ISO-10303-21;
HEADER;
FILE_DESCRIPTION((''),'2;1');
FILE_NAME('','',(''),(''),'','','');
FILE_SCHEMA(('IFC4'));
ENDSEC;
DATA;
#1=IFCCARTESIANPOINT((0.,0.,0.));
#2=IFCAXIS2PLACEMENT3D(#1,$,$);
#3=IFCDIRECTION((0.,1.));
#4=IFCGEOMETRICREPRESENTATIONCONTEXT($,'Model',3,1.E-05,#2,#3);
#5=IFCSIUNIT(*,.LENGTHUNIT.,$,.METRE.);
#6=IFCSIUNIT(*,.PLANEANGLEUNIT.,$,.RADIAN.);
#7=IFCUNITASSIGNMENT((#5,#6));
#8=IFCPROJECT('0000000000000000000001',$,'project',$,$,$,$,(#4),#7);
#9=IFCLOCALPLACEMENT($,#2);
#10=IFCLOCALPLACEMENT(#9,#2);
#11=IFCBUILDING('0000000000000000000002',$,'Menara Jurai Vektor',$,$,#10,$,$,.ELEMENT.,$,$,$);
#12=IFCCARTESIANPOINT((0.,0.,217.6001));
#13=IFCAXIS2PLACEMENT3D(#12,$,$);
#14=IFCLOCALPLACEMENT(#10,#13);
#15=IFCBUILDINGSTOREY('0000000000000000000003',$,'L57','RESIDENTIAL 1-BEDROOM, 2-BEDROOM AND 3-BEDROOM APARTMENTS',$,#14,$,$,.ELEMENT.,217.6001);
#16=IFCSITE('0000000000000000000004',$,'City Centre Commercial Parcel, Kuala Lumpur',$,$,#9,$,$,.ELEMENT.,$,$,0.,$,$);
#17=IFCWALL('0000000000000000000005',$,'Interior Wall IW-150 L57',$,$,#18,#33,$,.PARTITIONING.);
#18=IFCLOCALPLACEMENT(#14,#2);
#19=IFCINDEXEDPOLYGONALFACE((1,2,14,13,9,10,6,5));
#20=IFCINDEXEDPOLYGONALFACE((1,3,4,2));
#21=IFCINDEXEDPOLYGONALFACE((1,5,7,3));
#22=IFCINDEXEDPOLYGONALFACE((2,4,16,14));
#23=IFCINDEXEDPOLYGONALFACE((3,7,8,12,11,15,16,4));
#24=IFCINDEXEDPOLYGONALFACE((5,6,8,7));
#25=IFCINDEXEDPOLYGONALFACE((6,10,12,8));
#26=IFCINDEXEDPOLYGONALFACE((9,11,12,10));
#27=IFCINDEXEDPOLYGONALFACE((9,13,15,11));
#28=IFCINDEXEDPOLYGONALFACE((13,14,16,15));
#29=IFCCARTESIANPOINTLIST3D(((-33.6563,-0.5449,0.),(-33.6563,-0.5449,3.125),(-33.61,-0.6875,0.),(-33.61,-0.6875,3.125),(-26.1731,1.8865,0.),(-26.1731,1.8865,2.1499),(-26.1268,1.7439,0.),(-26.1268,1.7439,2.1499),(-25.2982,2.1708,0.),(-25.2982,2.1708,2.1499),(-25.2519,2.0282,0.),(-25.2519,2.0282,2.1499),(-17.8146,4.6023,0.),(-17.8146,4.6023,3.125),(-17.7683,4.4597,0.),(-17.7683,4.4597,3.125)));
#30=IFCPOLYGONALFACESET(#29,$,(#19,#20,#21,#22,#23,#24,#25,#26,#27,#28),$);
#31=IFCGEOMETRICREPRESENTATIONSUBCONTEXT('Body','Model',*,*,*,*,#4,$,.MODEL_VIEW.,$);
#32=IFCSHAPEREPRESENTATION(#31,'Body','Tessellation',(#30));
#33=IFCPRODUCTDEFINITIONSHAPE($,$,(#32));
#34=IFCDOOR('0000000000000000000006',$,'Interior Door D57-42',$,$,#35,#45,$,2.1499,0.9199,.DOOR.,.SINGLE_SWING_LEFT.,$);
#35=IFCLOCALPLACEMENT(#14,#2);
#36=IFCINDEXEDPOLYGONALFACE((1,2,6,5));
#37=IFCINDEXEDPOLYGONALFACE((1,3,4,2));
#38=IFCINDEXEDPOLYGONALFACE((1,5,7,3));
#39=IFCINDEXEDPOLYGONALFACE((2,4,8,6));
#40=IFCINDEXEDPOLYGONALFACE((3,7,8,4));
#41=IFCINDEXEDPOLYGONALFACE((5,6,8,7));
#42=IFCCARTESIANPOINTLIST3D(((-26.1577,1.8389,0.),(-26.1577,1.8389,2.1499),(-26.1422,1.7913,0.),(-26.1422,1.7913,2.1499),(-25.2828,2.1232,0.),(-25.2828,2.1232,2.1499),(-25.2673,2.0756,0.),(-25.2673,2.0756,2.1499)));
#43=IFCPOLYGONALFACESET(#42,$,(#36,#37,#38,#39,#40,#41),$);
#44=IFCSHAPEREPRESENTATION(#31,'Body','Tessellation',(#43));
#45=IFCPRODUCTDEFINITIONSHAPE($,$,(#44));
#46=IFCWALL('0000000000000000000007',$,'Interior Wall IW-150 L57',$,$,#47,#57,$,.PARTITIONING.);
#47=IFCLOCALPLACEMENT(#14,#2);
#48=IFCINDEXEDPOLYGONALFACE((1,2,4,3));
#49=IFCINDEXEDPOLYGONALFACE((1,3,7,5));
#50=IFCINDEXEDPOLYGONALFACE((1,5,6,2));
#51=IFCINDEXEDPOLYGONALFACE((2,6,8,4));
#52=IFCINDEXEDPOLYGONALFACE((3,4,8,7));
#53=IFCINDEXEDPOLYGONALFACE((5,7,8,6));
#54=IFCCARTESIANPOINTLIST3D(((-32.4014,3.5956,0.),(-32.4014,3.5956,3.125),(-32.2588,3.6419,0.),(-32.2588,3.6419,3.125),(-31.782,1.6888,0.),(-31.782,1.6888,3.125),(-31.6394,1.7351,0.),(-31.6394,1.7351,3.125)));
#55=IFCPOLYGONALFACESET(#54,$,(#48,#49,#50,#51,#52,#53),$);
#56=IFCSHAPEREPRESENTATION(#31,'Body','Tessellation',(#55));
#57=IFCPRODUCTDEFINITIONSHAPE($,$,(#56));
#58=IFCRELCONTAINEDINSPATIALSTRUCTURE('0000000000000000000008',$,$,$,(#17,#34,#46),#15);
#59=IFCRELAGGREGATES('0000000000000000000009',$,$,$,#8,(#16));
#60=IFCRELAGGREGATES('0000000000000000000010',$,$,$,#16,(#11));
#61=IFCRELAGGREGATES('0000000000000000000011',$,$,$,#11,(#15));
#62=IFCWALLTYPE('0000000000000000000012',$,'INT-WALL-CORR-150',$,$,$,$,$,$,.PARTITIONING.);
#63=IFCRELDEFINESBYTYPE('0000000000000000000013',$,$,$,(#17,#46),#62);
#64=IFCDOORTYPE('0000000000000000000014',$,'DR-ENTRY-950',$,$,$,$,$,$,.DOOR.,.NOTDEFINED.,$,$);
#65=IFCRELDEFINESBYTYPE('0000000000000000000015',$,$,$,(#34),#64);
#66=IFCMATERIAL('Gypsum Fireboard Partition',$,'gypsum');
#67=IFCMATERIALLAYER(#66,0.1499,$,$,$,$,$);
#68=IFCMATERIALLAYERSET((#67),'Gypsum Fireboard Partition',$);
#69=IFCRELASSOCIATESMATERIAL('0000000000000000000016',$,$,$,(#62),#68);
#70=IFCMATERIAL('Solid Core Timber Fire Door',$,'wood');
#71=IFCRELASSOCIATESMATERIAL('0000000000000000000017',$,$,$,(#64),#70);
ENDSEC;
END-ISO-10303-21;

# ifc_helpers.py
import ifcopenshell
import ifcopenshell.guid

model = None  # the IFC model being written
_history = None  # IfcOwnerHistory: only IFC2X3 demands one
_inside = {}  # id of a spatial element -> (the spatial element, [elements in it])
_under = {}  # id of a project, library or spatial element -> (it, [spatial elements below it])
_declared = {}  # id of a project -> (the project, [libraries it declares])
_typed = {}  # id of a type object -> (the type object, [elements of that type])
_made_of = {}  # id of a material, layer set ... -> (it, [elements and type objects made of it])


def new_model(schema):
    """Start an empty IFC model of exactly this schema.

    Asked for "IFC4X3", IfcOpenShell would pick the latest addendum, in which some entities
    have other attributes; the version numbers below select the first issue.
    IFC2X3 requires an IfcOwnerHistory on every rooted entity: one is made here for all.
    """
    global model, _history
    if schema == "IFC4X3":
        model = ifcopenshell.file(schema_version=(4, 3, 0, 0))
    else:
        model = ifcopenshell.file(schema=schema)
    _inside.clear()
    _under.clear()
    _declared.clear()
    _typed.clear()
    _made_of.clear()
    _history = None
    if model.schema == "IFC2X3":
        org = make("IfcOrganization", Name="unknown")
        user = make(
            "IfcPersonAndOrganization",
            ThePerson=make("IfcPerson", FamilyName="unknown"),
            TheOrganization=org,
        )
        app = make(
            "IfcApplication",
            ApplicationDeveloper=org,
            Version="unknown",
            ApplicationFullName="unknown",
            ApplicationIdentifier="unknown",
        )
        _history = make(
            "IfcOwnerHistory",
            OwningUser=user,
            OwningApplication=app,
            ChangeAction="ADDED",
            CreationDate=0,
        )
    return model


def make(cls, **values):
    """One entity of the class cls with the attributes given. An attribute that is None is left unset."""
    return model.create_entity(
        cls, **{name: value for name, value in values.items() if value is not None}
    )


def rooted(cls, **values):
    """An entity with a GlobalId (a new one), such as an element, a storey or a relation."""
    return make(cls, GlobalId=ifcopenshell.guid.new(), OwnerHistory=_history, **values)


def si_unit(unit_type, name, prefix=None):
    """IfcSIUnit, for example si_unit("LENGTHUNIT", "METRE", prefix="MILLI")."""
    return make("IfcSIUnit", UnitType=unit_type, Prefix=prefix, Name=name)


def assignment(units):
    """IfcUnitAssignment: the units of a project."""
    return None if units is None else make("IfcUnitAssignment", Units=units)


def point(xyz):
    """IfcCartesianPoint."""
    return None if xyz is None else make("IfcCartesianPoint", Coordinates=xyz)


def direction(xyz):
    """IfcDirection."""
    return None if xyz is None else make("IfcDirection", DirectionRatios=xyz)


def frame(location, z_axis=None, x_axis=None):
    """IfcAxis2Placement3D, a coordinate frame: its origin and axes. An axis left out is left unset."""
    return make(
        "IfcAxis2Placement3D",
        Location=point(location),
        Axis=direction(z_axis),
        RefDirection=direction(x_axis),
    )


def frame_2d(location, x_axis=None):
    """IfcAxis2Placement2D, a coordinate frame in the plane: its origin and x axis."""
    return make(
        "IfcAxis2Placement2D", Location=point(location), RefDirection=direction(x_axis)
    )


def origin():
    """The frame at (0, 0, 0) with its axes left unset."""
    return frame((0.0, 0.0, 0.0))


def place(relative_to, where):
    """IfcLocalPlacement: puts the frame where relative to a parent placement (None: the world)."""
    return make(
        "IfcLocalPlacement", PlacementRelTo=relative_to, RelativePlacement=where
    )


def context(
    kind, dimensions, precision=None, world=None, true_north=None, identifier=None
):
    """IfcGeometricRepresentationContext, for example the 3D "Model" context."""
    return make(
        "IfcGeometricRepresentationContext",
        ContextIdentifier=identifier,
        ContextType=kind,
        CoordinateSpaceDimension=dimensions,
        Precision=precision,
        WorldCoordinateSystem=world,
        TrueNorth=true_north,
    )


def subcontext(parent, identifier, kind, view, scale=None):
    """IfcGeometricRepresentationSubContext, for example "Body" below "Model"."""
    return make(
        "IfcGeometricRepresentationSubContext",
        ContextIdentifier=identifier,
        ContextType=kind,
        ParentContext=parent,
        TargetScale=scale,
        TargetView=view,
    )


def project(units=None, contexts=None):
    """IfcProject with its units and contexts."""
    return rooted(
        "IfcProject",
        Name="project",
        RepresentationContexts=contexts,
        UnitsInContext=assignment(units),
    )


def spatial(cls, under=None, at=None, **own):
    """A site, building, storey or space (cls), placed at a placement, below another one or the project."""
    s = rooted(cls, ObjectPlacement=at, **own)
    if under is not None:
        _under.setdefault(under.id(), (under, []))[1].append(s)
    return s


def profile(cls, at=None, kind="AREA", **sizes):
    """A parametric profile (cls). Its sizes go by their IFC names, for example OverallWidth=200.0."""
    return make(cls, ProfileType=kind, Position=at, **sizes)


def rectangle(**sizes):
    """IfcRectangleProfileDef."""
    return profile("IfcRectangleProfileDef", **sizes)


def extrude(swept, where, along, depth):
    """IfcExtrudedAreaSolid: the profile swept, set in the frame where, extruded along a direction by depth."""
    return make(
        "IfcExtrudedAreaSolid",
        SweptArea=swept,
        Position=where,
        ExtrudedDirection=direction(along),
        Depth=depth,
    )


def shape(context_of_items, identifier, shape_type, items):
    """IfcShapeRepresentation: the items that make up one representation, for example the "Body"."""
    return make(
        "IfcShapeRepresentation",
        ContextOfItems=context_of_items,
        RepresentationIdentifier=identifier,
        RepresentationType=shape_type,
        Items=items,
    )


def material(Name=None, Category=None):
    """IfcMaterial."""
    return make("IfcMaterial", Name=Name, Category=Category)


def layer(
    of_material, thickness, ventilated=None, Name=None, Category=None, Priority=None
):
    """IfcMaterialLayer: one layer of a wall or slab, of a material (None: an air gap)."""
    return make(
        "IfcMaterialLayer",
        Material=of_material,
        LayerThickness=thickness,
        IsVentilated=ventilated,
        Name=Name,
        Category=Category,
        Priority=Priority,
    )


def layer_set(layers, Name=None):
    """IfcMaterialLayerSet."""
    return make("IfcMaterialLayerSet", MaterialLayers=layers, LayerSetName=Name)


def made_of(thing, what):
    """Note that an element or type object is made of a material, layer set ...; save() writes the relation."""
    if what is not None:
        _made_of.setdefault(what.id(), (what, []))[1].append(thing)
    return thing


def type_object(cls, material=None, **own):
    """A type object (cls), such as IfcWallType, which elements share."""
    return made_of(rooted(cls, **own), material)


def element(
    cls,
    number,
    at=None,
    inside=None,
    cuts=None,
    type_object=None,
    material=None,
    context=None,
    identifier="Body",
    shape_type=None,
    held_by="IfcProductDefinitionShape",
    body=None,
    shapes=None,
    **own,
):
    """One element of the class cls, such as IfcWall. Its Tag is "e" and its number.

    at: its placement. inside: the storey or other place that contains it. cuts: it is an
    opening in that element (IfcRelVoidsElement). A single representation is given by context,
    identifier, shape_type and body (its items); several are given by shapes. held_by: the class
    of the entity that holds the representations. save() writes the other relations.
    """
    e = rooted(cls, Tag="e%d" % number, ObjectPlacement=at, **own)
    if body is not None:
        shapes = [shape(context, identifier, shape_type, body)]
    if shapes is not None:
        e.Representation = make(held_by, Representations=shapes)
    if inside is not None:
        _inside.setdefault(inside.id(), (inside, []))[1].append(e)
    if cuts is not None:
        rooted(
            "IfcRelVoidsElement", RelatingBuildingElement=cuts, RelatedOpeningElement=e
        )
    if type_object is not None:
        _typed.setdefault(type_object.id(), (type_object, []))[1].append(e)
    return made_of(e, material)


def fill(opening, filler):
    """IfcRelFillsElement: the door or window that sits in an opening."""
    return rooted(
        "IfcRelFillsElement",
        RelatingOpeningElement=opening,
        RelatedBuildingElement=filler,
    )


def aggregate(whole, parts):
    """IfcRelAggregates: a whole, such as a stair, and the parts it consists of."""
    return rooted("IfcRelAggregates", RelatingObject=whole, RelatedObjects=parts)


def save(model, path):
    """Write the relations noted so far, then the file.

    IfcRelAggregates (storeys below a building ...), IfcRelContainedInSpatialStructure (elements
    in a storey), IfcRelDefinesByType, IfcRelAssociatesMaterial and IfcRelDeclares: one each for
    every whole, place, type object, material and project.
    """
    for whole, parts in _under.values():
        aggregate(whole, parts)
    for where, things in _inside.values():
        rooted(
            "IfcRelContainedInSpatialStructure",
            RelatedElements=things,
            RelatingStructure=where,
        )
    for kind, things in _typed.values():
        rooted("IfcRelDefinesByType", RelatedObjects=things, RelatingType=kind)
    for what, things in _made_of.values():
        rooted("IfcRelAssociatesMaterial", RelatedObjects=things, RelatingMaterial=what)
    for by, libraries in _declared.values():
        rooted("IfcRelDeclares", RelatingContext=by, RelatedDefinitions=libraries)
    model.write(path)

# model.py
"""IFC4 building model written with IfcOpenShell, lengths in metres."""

from ifc_helpers import new_model, si_unit, direction, frame, frame_2d, origin, place, context, subcontext, project, spatial, rectangle, extrude, material, layer, layer_set, type_object, element, fill, save


model = new_model("IFC4")

# Units and contexts
model_context = context("Model", 3, precision=1e-05, world=origin(), true_north=direction((0.0, 1.0)))
body_context = subcontext(model_context, "Body", "Model", "MODEL_VIEW")
ifc_project = project(units=[si_unit("LENGTHUNIT", "METRE"), si_unit("PLANEANGLEUNIT", "RADIAN")], contexts=[model_context])

# Site, building, storey
site_placement = place(None, origin())
site = spatial("IfcSite", under=ifc_project, at=site_placement, Name="City Centre Commercial Parcel, Kuala Lumpur", CompositionType="ELEMENT", RefElevation=0.0)
building_placement = place(site_placement, origin())
building = spatial("IfcBuilding", under=site, at=building_placement, Name="Menara Jurai Vektor", CompositionType="ELEMENT")
storey_placement = place(building_placement, frame((0.0, 0.0, 217.6001)))
storey = spatial("IfcBuildingStorey", under=building, at=storey_placement, Name="L57", Description="RESIDENTIAL 1-BEDROOM, 2-BEDROOM AND 3-BEDROOM APARTMENTS", CompositionType="ELEMENT", Elevation=217.6001)

# Shared definitions
ifc_material_1 = material(Name="Gypsum Fireboard Partition", Category="gypsum")
ifc_layer_1 = layer(ifc_material_1, 0.1499)
ifc_layer_set_1 = layer_set([ifc_layer_1], Name="Gypsum Fireboard Partition")
wall_type = type_object("IfcWallType", Name="INT-WALL-CORR-150", PredefinedType="PARTITIONING", material=ifc_layer_set_1)

# Wall, opening, door
wall_1_placement = place(storey_placement, frame((-33.6333, -0.6162, 0.0), z_axis=(0.0, 0.0, 1.0), x_axis=(0.951058, 0.309012, 0.0)))
wall_1 = element("IfcWall", 1, at=wall_1_placement, inside=storey, type_object=wall_type, Name="Interior Wall IW-150 L57", PredefinedType="PARTITIONING", context=body_context, shape_type="SweptSolid", body=[
    extrude(rectangle(XDim=16.657, YDim=0.1499, at=frame_2d((8.3286, 0.0))), origin(), (0.0, 0.0, 1.0), 3.125),
])
opening_1_placement = place(wall_1_placement, frame((7.8684, 0.0, 0.0)))
opening_1 = element("IfcOpeningElement", 2, at=opening_1_placement, cuts=wall_1, PredefinedType="OPENING", context=body_context, shape_type="SweptSolid", body=[
    extrude(rectangle(XDim=0.9199, YDim=2.1499, at=frame_2d((0.46, 1.075))), frame((0.0, 0.085, 0.0), z_axis=(0.0, -1.0, 0.0), x_axis=(1.0, 0.0, 0.0)), (0.0, 0.0, 1.0), 0.1699),
])
ifc_material_2 = material(Name="Solid Core Timber Fire Door", Category="wood")
door_type_1 = type_object("IfcDoorType", Name="DR-ENTRY-950", OperationType="NOTDEFINED", PredefinedType="DOOR", material=ifc_material_2)
door_1_placement = place(opening_1_placement, origin())
door_1 = element("IfcDoor", 3, at=door_1_placement, inside=storey, type_object=door_type_1, Name="Interior Door D57-42", OperationType="SINGLE_SWING_LEFT", OverallHeight=2.1499, OverallWidth=0.9199, PredefinedType="DOOR", context=body_context, shape_type="SweptSolid", body=[
    extrude(rectangle(XDim=0.9199, YDim=2.1499, at=frame_2d((0.46, 1.075))), frame((0.0, 0.0249, 0.0), z_axis=(0.0, -1.0, 0.0), x_axis=(1.0, 0.0, 0.0)), (0.0, 0.0, 1.0), 0.05),
])
fill(opening_1, door_1)

# Wall
wall_2_placement = place(storey_placement, frame((-31.7107, 1.7119, 0.0), z_axis=(0.0, 0.0, 1.0), x_axis=(-0.308948, 0.951079, 0.0)))
element("IfcWall", 4, at=wall_2_placement, inside=storey, type_object=wall_type, Name="Interior Wall IW-150 L57", PredefinedType="PARTITIONING", context=body_context, shape_type="SweptSolid", body=[
    extrude(rectangle(XDim=2.0049, YDim=0.1499, at=frame_2d((1.0024, 0.0))), origin(), (0.0, 0.0, 1.0), 3.125),
])

save(model, "model.ifc")
